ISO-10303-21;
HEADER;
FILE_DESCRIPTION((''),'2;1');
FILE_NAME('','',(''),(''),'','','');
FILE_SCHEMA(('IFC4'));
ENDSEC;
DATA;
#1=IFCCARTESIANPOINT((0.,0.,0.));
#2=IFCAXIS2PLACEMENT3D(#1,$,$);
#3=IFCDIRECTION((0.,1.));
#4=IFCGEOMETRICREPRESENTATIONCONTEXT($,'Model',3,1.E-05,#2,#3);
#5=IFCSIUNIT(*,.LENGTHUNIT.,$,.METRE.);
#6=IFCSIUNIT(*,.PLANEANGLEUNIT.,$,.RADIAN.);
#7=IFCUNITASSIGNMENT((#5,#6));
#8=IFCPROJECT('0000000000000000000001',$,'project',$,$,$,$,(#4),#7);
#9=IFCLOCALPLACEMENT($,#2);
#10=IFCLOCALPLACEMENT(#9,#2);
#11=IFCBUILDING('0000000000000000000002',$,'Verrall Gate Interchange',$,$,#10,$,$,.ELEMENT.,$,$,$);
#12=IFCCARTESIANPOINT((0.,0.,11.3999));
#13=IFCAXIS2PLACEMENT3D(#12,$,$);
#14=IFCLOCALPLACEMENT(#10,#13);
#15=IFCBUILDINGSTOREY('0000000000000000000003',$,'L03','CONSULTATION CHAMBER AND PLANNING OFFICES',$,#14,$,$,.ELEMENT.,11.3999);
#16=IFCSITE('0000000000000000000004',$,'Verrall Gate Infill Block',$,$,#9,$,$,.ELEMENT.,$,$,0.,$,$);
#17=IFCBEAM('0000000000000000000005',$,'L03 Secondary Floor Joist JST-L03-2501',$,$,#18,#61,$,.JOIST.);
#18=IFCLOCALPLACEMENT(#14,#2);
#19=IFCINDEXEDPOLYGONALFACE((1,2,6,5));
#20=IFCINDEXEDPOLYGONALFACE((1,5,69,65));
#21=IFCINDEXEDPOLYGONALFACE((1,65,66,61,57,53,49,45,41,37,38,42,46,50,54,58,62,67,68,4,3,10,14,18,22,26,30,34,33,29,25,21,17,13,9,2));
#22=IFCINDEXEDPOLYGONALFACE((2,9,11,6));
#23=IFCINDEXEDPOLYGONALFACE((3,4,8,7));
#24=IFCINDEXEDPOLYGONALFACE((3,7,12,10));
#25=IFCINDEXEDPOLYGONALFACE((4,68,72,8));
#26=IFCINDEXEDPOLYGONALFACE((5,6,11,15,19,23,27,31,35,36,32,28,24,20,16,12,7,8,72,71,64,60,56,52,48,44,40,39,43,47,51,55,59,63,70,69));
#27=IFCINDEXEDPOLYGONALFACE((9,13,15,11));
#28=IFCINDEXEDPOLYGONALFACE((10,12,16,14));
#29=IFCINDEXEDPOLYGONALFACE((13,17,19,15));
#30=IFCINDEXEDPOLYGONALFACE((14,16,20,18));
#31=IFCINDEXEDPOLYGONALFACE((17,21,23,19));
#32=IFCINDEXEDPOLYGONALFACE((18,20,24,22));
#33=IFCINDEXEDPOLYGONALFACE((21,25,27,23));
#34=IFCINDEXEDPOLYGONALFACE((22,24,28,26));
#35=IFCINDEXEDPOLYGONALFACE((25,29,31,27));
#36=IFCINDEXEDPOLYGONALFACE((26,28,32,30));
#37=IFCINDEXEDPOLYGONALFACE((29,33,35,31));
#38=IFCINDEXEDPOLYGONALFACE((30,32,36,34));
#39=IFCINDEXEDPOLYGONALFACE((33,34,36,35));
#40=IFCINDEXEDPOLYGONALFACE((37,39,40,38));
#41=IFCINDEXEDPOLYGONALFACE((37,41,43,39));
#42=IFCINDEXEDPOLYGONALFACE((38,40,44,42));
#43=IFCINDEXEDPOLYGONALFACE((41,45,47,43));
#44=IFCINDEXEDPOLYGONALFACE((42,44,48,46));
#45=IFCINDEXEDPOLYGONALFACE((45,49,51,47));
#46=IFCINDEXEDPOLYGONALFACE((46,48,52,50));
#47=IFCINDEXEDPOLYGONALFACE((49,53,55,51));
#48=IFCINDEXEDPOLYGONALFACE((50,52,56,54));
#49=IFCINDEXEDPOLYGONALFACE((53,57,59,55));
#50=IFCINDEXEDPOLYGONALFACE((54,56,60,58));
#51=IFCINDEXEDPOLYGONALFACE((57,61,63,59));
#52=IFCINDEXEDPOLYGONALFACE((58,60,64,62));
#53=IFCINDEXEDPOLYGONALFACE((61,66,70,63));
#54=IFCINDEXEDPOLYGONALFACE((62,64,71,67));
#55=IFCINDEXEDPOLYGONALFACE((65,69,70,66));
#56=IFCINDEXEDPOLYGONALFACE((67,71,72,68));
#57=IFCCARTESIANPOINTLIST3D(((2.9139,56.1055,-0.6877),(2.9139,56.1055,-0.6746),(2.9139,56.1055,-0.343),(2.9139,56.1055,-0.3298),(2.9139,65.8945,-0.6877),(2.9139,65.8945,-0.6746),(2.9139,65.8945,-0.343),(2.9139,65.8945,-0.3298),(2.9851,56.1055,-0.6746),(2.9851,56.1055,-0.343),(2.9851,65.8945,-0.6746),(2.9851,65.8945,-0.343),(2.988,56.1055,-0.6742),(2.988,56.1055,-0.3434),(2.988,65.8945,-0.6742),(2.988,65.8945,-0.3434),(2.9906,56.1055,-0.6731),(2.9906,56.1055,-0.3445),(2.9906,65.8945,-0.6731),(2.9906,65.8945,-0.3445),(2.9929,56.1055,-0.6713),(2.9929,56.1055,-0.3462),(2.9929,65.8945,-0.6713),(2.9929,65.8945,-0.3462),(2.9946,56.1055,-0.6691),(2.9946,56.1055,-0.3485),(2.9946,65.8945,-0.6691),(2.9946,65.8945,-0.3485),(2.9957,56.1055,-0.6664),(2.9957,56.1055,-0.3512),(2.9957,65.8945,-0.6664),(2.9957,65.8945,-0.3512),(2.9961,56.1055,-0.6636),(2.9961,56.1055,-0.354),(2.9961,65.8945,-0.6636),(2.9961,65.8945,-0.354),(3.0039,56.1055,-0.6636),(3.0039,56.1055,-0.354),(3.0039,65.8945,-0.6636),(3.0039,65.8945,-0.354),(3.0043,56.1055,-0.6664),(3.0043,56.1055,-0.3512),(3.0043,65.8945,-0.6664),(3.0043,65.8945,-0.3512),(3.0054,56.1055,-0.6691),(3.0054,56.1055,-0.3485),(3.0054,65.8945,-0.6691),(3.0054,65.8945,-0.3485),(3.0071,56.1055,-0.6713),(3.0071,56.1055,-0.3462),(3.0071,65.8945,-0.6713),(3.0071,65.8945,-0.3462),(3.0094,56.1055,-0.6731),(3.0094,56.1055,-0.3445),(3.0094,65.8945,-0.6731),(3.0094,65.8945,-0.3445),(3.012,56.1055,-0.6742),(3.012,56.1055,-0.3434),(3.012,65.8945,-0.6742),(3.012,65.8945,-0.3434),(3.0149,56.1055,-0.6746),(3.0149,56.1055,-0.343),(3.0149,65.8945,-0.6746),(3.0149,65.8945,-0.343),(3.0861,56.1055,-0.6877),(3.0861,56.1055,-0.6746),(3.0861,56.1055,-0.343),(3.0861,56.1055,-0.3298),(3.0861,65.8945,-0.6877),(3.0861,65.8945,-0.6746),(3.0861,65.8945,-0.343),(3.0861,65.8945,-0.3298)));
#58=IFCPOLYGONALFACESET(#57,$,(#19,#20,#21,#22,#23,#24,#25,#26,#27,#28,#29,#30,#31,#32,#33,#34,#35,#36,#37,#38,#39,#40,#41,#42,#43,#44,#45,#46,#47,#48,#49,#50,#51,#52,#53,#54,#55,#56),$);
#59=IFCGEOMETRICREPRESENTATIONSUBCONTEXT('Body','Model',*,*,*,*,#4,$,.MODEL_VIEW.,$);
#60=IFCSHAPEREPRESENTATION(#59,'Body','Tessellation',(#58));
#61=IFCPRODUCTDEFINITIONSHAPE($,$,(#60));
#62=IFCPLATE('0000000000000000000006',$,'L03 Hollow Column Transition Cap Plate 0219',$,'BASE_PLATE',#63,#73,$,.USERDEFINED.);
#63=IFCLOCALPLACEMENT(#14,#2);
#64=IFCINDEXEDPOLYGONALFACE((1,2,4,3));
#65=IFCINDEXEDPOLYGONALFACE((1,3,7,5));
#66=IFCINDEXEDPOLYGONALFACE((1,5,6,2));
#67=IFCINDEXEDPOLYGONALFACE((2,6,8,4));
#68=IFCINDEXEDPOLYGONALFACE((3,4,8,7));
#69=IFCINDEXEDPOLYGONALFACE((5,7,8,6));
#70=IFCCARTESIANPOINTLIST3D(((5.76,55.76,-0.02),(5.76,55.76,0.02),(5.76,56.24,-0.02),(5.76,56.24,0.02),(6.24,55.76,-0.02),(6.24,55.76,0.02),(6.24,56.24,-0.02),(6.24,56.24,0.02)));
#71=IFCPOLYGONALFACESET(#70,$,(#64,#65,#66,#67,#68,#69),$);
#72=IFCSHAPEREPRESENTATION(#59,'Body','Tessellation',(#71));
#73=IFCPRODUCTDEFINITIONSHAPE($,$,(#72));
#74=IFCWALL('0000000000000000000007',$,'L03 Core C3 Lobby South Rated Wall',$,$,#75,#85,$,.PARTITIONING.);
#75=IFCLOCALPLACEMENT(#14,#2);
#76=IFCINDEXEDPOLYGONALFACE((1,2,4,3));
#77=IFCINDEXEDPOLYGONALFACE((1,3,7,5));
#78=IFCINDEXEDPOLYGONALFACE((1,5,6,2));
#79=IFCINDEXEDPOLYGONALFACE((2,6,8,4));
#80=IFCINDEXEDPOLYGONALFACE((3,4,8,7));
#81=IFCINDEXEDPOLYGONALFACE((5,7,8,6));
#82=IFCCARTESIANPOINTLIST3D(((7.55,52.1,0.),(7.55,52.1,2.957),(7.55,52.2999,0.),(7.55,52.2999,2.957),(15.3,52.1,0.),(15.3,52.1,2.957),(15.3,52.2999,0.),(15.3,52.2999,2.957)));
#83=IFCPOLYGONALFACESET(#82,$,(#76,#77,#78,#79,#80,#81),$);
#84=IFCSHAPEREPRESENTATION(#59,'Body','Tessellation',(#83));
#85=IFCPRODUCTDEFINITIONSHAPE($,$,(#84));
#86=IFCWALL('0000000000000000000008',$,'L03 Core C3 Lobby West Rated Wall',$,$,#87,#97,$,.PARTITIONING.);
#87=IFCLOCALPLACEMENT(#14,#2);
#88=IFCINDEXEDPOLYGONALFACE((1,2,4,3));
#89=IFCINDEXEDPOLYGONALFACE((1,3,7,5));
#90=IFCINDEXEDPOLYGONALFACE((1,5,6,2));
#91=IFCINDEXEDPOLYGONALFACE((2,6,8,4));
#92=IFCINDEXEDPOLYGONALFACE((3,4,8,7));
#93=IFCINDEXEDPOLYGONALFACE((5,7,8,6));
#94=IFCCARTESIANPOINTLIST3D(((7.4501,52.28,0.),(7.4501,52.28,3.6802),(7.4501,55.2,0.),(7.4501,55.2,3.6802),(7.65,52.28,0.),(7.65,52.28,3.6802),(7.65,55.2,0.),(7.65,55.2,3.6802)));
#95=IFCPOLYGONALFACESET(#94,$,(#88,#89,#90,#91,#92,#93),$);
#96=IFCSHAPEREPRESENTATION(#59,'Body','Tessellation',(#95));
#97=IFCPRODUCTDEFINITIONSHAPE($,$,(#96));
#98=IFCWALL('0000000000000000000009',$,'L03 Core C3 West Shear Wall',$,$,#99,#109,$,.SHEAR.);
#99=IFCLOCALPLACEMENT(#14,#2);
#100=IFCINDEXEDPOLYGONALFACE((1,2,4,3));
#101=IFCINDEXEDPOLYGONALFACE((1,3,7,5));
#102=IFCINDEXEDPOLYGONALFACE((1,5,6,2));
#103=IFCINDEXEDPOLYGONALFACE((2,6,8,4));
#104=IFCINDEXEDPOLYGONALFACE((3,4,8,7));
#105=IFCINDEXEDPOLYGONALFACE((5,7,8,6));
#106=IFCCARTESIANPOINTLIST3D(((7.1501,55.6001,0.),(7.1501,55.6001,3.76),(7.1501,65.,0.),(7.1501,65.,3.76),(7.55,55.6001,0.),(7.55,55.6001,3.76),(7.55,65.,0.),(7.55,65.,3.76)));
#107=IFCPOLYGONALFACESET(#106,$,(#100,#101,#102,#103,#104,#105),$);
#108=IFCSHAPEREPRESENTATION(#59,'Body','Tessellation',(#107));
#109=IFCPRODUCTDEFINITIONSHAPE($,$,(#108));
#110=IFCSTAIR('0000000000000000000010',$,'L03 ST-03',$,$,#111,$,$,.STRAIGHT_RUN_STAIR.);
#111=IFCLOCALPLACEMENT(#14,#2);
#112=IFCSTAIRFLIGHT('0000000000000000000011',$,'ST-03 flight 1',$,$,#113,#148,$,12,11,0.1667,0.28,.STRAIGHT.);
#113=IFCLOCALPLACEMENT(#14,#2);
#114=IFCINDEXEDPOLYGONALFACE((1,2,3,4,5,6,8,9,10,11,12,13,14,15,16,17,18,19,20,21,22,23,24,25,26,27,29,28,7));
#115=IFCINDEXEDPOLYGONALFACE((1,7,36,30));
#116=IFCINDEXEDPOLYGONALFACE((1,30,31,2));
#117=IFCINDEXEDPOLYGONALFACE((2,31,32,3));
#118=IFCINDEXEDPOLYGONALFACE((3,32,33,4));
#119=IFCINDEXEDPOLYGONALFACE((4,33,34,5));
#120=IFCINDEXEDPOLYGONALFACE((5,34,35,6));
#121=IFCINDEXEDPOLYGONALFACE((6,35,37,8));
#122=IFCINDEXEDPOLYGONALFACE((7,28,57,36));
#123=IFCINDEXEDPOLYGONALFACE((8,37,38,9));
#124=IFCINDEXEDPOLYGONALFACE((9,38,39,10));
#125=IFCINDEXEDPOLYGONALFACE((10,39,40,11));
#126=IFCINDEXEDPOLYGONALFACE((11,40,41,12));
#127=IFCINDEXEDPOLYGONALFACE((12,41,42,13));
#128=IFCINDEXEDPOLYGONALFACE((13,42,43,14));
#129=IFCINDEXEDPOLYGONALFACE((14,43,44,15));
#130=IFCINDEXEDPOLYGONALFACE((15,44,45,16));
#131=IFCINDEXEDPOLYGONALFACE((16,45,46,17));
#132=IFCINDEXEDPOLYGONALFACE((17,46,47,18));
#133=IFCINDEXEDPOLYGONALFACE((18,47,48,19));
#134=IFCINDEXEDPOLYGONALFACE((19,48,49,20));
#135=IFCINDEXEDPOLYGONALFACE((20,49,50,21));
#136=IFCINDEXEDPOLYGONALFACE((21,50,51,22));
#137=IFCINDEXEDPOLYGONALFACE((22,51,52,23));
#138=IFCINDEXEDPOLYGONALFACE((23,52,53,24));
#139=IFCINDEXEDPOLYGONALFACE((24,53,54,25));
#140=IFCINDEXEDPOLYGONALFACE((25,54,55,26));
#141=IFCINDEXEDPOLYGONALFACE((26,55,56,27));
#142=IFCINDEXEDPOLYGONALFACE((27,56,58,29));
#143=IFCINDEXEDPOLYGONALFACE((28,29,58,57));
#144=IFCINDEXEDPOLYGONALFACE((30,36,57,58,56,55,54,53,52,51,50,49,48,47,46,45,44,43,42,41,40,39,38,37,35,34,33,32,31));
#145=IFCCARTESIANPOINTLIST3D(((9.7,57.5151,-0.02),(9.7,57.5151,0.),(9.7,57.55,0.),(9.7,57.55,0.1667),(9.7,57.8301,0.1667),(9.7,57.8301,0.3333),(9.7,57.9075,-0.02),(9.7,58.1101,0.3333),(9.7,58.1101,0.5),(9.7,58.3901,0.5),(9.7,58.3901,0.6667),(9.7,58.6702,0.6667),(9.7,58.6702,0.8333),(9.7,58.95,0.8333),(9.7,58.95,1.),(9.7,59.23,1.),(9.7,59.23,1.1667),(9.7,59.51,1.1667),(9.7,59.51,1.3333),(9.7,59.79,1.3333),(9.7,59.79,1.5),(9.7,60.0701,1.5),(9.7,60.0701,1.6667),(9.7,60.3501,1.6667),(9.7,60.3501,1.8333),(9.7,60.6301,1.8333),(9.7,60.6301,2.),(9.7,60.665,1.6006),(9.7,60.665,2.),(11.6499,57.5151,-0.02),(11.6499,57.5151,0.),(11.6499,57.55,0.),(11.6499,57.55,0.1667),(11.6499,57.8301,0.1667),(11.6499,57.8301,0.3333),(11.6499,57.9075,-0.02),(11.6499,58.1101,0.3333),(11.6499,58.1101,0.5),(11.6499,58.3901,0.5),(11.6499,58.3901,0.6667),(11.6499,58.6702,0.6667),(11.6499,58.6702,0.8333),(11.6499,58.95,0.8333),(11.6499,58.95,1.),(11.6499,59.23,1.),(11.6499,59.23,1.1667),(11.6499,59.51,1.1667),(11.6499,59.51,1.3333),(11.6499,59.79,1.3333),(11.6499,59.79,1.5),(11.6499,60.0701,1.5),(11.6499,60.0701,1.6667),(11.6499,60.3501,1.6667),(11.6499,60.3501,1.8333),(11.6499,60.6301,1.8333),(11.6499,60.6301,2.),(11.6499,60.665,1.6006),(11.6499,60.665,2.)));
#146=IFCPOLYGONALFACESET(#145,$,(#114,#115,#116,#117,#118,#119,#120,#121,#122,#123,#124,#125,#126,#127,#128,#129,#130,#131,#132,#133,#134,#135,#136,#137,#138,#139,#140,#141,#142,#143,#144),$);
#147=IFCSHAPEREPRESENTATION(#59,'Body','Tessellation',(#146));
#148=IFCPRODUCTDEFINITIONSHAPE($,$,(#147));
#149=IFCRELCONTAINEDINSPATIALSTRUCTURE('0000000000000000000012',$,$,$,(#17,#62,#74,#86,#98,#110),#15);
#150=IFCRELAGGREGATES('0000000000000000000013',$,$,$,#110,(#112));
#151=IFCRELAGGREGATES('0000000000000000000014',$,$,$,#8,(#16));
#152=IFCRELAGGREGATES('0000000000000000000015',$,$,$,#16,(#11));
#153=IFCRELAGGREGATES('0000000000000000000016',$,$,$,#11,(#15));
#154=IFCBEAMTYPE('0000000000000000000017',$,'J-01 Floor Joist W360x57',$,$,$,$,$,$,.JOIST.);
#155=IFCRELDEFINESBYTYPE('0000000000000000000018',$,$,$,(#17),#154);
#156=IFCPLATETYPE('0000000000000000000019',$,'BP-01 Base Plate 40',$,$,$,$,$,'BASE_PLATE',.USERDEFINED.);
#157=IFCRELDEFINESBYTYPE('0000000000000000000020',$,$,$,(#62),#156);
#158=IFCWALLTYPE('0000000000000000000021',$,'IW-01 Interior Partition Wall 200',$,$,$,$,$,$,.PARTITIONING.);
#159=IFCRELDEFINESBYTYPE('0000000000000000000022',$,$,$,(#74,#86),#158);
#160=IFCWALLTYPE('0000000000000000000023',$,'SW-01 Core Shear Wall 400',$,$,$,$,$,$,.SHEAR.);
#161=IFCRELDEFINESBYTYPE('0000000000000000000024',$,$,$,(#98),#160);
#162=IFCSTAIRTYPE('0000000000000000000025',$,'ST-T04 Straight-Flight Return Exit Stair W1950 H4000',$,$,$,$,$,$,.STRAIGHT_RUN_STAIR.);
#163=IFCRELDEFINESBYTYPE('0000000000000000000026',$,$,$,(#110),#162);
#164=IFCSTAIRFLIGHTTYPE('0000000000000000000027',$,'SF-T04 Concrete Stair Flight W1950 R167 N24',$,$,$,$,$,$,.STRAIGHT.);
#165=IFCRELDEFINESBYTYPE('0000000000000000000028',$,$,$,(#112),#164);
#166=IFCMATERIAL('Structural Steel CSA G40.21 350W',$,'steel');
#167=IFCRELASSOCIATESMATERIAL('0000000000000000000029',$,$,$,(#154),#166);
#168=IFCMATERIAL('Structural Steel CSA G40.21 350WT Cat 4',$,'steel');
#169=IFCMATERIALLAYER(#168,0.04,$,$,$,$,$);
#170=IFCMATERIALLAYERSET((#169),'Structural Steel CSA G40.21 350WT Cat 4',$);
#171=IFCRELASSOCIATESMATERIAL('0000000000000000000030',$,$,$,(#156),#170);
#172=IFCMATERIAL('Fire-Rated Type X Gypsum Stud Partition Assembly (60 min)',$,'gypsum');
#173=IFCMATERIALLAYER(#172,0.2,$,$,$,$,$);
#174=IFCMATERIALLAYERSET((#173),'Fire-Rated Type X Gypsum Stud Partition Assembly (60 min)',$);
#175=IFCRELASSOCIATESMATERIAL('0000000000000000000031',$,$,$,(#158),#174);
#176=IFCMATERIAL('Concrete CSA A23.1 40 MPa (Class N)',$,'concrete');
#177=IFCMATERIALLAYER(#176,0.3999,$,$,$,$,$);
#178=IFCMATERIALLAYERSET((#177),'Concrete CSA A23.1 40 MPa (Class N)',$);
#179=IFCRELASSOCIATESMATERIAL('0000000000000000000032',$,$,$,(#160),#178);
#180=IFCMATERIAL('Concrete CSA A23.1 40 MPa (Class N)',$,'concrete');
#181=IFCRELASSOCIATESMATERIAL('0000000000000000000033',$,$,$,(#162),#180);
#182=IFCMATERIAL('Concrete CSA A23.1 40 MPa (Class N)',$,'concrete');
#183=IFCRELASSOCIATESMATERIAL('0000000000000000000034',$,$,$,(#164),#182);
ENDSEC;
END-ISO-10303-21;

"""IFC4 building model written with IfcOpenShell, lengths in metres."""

from ifc_helpers import new_model, si_unit, direction, frame, frame_2d, origin, origin_2d, place, context, subcontext, project, spatial, polyline, rectangle, i_section, outline, extrude, material, layer, layer_set, material_profile, profile_set, type_object, element, aggregate, save


model = new_model("IFC4")

# Units and contexts
model_context = context("Model", 3, precision=1e-05, world=origin(), true_north=direction((0.0, 1.0)))
body_context = subcontext(model_context, "Body", "Model", "MODEL_VIEW")
ifc_project = project(units=[si_unit("LENGTHUNIT", "METRE"), si_unit("PLANEANGLEUNIT", "RADIAN")], contexts=[model_context])

# Site, building, storey
site_placement = place(None, origin())
site = spatial("IfcSite", under=ifc_project, at=site_placement, Name="Verrall Gate Infill Block", CompositionType="ELEMENT", RefElevation=0.0)
building_placement = place(site_placement, origin())
building = spatial("IfcBuilding", under=site, at=building_placement, Name="Verrall Gate Interchange", CompositionType="ELEMENT")
storey_placement = place(building_placement, frame((0.0, 0.0, 11.3999)))
storey = spatial("IfcBuildingStorey", under=building, at=storey_placement, Name="L03", Description="CONSULTATION CHAMBER AND PLANNING OFFICES", CompositionType="ELEMENT", Elevation=11.3999)

# Beam
ifc_material_1 = material(Name="Structural Steel CSA G40.21 350W", Category="steel")
ifc_material_profile_1 = material_profile(ifc_material_1, i_section(OverallWidth=0.1721, OverallDepth=0.3579, WebThickness=0.0078, FlangeThickness=0.0132, FilletRadius=0.011, at=origin_2d()), Name="W360x57")
ifc_profile_set_1 = profile_set([ifc_material_profile_1], Name="Structural Steel CSA G40.21 350W")
beam_type_1 = type_object("IfcBeamType", Name="J-01 Floor Joist W360x57", PredefinedType="JOIST", material=ifc_profile_set_1)
beam_1_placement = place(storey_placement, frame((3.0, 56.1055, -0.5088), z_axis=(0.0, 1.0, 0.0), x_axis=(-1.0, 0.0, 0.0)))
element("IfcBeam", 1, at=beam_1_placement, inside=storey, type_object=beam_type_1, Name="L03 Secondary Floor Joist JST-L03-2501", PredefinedType="JOIST", context=body_context, shape_type="SweptSolid", body=[
    extrude(i_section(OverallWidth=0.1721, OverallDepth=0.3579, WebThickness=0.0078, FlangeThickness=0.0132, FilletRadius=0.011, at=origin_2d()), origin(), (0.0, 0.0, 1.0), 9.7891),
])

# Plate
ifc_material_2 = material(Name="Structural Steel CSA G40.21 350WT Cat 4", Category="steel")
ifc_layer_1 = layer(ifc_material_2, 0.04)
ifc_layer_set_1 = layer_set([ifc_layer_1], Name="Structural Steel CSA G40.21 350WT Cat 4")
plate_type = type_object("IfcPlateType", Name="BP-01 Base Plate 40", ElementType="BASE_PLATE", PredefinedType="USERDEFINED", material=ifc_layer_set_1)
plate_placement = place(storey_placement, frame((6.0, 56.0, -0.02), z_axis=(0.0, 0.0, 1.0), x_axis=(1.0, 0.0, 0.0)))
element("IfcPlate", 2, at=plate_placement, inside=storey, type_object=plate_type, Name="L03 Hollow Column Transition Cap Plate 0219", ObjectType="BASE_PLATE", PredefinedType="USERDEFINED", context=body_context, shape_type="SweptSolid", body=[
    extrude(rectangle(XDim=0.48, YDim=0.48, at=origin_2d()), origin(), (0.0, 0.0, 1.0), 0.04),
])

# Walls
ifc_material_3 = material(Name="Fire-Rated Type X Gypsum Stud Partition Assembly (60 min)", Category="gypsum")
ifc_layer_2 = layer(ifc_material_3, 0.2)
ifc_layer_set_2 = layer_set([ifc_layer_2], Name="Fire-Rated Type X Gypsum Stud Partition Assembly (60 min)")
wall_type_1 = type_object("IfcWallType", Name="IW-01 Interior Partition Wall 200", PredefinedType="PARTITIONING", material=ifc_layer_set_2)
wall_1_placement = place(storey_placement, frame((7.55, 52.2, 0.0), z_axis=(0.0, 0.0, 1.0), x_axis=(1.0, 0.0, 0.0)))
element("IfcWall", 3, at=wall_1_placement, inside=storey, type_object=wall_type_1, Name="L03 Core C3 Lobby South Rated Wall", PredefinedType="PARTITIONING", context=body_context, shape_type="SweptSolid", body=[
    extrude(rectangle(XDim=7.75, YDim=0.2, at=frame_2d((3.875, 0.0))), origin(), (0.0, 0.0, 1.0), 2.957),
])
wall_2_placement = place(storey_placement, frame((7.55, 55.2, 0.0), z_axis=(0.0, 0.0, 1.0), x_axis=(0.0, -1.0, 0.0)))
element("IfcWall", 4, at=wall_2_placement, inside=storey, type_object=wall_type_1, Name="L03 Core C3 Lobby West Rated Wall", PredefinedType="PARTITIONING", context=body_context, shape_type="SweptSolid", body=[
    extrude(rectangle(XDim=2.9199, YDim=0.2, at=frame_2d((1.46, 0.0))), origin(), (0.0, 0.0, 1.0), 3.6802),
])

# Shared definitions
ifc_material_4 = material(Name="Concrete CSA A23.1 40 MPa (Class N)", Category="concrete")
ifc_layer_3 = layer(ifc_material_4, 0.3999)
ifc_layer_set_3 = layer_set([ifc_layer_3], Name="Concrete CSA A23.1 40 MPa (Class N)")
wall_type_2 = type_object("IfcWallType", Name="SW-01 Core Shear Wall 400", PredefinedType="SHEAR", material=ifc_layer_set_3)

# Wall
wall_3_placement = place(storey_placement, frame((7.3501, 65.0, 0.0), z_axis=(0.0, 0.0, 1.0), x_axis=(0.0, -1.0, 0.0)))
element("IfcWall", 5, at=wall_3_placement, inside=storey, type_object=wall_type_2, Name="L03 Core C3 West Shear Wall", PredefinedType="SHEAR", context=body_context, shape_type="SweptSolid", body=[
    extrude(rectangle(XDim=9.3999, YDim=0.3999, at=frame_2d((4.7, 0.0))), origin(), (0.0, 0.0, 1.0), 3.76),
])

# Stair, stair flight
ifc_material_5 = material(Name="Concrete CSA A23.1 40 MPa (Class N)", Category="concrete")
stair_type = type_object("IfcStairType", Name="ST-T04 Straight-Flight Return Exit Stair W1950 H4000", PredefinedType="STRAIGHT_RUN_STAIR", material=ifc_material_5)
stair_placement = place(storey_placement, origin())
stair = element("IfcStair", 6, at=stair_placement, inside=storey, type_object=stair_type, Name="L03 ST-03", PredefinedType="STRAIGHT_RUN_STAIR")
ifc_material_6 = material(Name="Concrete CSA A23.1 40 MPa (Class N)", Category="concrete")
stair_flight_type = type_object("IfcStairFlightType", Name="SF-T04 Concrete Stair Flight W1950 R167 N24", PredefinedType="STRAIGHT", material=ifc_material_6)
stair_flight_1_placement = place(storey_placement, frame((10.675, 57.55, 0.0), z_axis=(0.0, 0.0, 1.0), x_axis=(0.0, 1.0, 0.0)))
stair_flight_1 = element("IfcStairFlight", 7, at=stair_flight_1_placement, type_object=stair_flight_type, Name="ST-03 flight 1", NumberOfRisers=12, NumberOfTreads=11, PredefinedType="STRAIGHT", RiserHeight=0.1667, TreadLength=0.28, context=body_context, shape_type="SweptSolid", body=[
    extrude(outline(polyline([(-0.0349, -0.02), (-0.0349, 0.0), (0.0, 0.0), (0.0, 0.1667), (0.28, 0.1667), (0.28, 0.3333), (0.5601, 0.3333), (0.5601, 0.5), (0.8401, 0.5), (0.8401, 0.6667), (1.1201, 0.6667), (1.1201, 0.8333), (1.3999, 0.8333), (1.3999, 1.0), (1.6799, 1.0), (1.6799, 1.1667), (1.96, 1.1667), (1.96, 1.3333), (2.24, 1.3333), (2.24, 1.5), (2.52, 1.5), (2.52, 1.6667), (2.8, 1.6667), (2.8, 1.8333), (3.0801, 1.8333), (3.0801, 2.0), (3.115, 2.0), (3.115, 1.6006), (0.3574, -0.02), (-0.0349, -0.02)])), frame((0.0, 0.9751, 0.0), z_axis=(0.0, -1.0, 0.0), x_axis=(1.0, 0.0, 0.0)), (0.0, 0.0, 1.0), 1.95),
])
aggregate(stair, [stair_flight_1])

save(model, "model.ifc")
